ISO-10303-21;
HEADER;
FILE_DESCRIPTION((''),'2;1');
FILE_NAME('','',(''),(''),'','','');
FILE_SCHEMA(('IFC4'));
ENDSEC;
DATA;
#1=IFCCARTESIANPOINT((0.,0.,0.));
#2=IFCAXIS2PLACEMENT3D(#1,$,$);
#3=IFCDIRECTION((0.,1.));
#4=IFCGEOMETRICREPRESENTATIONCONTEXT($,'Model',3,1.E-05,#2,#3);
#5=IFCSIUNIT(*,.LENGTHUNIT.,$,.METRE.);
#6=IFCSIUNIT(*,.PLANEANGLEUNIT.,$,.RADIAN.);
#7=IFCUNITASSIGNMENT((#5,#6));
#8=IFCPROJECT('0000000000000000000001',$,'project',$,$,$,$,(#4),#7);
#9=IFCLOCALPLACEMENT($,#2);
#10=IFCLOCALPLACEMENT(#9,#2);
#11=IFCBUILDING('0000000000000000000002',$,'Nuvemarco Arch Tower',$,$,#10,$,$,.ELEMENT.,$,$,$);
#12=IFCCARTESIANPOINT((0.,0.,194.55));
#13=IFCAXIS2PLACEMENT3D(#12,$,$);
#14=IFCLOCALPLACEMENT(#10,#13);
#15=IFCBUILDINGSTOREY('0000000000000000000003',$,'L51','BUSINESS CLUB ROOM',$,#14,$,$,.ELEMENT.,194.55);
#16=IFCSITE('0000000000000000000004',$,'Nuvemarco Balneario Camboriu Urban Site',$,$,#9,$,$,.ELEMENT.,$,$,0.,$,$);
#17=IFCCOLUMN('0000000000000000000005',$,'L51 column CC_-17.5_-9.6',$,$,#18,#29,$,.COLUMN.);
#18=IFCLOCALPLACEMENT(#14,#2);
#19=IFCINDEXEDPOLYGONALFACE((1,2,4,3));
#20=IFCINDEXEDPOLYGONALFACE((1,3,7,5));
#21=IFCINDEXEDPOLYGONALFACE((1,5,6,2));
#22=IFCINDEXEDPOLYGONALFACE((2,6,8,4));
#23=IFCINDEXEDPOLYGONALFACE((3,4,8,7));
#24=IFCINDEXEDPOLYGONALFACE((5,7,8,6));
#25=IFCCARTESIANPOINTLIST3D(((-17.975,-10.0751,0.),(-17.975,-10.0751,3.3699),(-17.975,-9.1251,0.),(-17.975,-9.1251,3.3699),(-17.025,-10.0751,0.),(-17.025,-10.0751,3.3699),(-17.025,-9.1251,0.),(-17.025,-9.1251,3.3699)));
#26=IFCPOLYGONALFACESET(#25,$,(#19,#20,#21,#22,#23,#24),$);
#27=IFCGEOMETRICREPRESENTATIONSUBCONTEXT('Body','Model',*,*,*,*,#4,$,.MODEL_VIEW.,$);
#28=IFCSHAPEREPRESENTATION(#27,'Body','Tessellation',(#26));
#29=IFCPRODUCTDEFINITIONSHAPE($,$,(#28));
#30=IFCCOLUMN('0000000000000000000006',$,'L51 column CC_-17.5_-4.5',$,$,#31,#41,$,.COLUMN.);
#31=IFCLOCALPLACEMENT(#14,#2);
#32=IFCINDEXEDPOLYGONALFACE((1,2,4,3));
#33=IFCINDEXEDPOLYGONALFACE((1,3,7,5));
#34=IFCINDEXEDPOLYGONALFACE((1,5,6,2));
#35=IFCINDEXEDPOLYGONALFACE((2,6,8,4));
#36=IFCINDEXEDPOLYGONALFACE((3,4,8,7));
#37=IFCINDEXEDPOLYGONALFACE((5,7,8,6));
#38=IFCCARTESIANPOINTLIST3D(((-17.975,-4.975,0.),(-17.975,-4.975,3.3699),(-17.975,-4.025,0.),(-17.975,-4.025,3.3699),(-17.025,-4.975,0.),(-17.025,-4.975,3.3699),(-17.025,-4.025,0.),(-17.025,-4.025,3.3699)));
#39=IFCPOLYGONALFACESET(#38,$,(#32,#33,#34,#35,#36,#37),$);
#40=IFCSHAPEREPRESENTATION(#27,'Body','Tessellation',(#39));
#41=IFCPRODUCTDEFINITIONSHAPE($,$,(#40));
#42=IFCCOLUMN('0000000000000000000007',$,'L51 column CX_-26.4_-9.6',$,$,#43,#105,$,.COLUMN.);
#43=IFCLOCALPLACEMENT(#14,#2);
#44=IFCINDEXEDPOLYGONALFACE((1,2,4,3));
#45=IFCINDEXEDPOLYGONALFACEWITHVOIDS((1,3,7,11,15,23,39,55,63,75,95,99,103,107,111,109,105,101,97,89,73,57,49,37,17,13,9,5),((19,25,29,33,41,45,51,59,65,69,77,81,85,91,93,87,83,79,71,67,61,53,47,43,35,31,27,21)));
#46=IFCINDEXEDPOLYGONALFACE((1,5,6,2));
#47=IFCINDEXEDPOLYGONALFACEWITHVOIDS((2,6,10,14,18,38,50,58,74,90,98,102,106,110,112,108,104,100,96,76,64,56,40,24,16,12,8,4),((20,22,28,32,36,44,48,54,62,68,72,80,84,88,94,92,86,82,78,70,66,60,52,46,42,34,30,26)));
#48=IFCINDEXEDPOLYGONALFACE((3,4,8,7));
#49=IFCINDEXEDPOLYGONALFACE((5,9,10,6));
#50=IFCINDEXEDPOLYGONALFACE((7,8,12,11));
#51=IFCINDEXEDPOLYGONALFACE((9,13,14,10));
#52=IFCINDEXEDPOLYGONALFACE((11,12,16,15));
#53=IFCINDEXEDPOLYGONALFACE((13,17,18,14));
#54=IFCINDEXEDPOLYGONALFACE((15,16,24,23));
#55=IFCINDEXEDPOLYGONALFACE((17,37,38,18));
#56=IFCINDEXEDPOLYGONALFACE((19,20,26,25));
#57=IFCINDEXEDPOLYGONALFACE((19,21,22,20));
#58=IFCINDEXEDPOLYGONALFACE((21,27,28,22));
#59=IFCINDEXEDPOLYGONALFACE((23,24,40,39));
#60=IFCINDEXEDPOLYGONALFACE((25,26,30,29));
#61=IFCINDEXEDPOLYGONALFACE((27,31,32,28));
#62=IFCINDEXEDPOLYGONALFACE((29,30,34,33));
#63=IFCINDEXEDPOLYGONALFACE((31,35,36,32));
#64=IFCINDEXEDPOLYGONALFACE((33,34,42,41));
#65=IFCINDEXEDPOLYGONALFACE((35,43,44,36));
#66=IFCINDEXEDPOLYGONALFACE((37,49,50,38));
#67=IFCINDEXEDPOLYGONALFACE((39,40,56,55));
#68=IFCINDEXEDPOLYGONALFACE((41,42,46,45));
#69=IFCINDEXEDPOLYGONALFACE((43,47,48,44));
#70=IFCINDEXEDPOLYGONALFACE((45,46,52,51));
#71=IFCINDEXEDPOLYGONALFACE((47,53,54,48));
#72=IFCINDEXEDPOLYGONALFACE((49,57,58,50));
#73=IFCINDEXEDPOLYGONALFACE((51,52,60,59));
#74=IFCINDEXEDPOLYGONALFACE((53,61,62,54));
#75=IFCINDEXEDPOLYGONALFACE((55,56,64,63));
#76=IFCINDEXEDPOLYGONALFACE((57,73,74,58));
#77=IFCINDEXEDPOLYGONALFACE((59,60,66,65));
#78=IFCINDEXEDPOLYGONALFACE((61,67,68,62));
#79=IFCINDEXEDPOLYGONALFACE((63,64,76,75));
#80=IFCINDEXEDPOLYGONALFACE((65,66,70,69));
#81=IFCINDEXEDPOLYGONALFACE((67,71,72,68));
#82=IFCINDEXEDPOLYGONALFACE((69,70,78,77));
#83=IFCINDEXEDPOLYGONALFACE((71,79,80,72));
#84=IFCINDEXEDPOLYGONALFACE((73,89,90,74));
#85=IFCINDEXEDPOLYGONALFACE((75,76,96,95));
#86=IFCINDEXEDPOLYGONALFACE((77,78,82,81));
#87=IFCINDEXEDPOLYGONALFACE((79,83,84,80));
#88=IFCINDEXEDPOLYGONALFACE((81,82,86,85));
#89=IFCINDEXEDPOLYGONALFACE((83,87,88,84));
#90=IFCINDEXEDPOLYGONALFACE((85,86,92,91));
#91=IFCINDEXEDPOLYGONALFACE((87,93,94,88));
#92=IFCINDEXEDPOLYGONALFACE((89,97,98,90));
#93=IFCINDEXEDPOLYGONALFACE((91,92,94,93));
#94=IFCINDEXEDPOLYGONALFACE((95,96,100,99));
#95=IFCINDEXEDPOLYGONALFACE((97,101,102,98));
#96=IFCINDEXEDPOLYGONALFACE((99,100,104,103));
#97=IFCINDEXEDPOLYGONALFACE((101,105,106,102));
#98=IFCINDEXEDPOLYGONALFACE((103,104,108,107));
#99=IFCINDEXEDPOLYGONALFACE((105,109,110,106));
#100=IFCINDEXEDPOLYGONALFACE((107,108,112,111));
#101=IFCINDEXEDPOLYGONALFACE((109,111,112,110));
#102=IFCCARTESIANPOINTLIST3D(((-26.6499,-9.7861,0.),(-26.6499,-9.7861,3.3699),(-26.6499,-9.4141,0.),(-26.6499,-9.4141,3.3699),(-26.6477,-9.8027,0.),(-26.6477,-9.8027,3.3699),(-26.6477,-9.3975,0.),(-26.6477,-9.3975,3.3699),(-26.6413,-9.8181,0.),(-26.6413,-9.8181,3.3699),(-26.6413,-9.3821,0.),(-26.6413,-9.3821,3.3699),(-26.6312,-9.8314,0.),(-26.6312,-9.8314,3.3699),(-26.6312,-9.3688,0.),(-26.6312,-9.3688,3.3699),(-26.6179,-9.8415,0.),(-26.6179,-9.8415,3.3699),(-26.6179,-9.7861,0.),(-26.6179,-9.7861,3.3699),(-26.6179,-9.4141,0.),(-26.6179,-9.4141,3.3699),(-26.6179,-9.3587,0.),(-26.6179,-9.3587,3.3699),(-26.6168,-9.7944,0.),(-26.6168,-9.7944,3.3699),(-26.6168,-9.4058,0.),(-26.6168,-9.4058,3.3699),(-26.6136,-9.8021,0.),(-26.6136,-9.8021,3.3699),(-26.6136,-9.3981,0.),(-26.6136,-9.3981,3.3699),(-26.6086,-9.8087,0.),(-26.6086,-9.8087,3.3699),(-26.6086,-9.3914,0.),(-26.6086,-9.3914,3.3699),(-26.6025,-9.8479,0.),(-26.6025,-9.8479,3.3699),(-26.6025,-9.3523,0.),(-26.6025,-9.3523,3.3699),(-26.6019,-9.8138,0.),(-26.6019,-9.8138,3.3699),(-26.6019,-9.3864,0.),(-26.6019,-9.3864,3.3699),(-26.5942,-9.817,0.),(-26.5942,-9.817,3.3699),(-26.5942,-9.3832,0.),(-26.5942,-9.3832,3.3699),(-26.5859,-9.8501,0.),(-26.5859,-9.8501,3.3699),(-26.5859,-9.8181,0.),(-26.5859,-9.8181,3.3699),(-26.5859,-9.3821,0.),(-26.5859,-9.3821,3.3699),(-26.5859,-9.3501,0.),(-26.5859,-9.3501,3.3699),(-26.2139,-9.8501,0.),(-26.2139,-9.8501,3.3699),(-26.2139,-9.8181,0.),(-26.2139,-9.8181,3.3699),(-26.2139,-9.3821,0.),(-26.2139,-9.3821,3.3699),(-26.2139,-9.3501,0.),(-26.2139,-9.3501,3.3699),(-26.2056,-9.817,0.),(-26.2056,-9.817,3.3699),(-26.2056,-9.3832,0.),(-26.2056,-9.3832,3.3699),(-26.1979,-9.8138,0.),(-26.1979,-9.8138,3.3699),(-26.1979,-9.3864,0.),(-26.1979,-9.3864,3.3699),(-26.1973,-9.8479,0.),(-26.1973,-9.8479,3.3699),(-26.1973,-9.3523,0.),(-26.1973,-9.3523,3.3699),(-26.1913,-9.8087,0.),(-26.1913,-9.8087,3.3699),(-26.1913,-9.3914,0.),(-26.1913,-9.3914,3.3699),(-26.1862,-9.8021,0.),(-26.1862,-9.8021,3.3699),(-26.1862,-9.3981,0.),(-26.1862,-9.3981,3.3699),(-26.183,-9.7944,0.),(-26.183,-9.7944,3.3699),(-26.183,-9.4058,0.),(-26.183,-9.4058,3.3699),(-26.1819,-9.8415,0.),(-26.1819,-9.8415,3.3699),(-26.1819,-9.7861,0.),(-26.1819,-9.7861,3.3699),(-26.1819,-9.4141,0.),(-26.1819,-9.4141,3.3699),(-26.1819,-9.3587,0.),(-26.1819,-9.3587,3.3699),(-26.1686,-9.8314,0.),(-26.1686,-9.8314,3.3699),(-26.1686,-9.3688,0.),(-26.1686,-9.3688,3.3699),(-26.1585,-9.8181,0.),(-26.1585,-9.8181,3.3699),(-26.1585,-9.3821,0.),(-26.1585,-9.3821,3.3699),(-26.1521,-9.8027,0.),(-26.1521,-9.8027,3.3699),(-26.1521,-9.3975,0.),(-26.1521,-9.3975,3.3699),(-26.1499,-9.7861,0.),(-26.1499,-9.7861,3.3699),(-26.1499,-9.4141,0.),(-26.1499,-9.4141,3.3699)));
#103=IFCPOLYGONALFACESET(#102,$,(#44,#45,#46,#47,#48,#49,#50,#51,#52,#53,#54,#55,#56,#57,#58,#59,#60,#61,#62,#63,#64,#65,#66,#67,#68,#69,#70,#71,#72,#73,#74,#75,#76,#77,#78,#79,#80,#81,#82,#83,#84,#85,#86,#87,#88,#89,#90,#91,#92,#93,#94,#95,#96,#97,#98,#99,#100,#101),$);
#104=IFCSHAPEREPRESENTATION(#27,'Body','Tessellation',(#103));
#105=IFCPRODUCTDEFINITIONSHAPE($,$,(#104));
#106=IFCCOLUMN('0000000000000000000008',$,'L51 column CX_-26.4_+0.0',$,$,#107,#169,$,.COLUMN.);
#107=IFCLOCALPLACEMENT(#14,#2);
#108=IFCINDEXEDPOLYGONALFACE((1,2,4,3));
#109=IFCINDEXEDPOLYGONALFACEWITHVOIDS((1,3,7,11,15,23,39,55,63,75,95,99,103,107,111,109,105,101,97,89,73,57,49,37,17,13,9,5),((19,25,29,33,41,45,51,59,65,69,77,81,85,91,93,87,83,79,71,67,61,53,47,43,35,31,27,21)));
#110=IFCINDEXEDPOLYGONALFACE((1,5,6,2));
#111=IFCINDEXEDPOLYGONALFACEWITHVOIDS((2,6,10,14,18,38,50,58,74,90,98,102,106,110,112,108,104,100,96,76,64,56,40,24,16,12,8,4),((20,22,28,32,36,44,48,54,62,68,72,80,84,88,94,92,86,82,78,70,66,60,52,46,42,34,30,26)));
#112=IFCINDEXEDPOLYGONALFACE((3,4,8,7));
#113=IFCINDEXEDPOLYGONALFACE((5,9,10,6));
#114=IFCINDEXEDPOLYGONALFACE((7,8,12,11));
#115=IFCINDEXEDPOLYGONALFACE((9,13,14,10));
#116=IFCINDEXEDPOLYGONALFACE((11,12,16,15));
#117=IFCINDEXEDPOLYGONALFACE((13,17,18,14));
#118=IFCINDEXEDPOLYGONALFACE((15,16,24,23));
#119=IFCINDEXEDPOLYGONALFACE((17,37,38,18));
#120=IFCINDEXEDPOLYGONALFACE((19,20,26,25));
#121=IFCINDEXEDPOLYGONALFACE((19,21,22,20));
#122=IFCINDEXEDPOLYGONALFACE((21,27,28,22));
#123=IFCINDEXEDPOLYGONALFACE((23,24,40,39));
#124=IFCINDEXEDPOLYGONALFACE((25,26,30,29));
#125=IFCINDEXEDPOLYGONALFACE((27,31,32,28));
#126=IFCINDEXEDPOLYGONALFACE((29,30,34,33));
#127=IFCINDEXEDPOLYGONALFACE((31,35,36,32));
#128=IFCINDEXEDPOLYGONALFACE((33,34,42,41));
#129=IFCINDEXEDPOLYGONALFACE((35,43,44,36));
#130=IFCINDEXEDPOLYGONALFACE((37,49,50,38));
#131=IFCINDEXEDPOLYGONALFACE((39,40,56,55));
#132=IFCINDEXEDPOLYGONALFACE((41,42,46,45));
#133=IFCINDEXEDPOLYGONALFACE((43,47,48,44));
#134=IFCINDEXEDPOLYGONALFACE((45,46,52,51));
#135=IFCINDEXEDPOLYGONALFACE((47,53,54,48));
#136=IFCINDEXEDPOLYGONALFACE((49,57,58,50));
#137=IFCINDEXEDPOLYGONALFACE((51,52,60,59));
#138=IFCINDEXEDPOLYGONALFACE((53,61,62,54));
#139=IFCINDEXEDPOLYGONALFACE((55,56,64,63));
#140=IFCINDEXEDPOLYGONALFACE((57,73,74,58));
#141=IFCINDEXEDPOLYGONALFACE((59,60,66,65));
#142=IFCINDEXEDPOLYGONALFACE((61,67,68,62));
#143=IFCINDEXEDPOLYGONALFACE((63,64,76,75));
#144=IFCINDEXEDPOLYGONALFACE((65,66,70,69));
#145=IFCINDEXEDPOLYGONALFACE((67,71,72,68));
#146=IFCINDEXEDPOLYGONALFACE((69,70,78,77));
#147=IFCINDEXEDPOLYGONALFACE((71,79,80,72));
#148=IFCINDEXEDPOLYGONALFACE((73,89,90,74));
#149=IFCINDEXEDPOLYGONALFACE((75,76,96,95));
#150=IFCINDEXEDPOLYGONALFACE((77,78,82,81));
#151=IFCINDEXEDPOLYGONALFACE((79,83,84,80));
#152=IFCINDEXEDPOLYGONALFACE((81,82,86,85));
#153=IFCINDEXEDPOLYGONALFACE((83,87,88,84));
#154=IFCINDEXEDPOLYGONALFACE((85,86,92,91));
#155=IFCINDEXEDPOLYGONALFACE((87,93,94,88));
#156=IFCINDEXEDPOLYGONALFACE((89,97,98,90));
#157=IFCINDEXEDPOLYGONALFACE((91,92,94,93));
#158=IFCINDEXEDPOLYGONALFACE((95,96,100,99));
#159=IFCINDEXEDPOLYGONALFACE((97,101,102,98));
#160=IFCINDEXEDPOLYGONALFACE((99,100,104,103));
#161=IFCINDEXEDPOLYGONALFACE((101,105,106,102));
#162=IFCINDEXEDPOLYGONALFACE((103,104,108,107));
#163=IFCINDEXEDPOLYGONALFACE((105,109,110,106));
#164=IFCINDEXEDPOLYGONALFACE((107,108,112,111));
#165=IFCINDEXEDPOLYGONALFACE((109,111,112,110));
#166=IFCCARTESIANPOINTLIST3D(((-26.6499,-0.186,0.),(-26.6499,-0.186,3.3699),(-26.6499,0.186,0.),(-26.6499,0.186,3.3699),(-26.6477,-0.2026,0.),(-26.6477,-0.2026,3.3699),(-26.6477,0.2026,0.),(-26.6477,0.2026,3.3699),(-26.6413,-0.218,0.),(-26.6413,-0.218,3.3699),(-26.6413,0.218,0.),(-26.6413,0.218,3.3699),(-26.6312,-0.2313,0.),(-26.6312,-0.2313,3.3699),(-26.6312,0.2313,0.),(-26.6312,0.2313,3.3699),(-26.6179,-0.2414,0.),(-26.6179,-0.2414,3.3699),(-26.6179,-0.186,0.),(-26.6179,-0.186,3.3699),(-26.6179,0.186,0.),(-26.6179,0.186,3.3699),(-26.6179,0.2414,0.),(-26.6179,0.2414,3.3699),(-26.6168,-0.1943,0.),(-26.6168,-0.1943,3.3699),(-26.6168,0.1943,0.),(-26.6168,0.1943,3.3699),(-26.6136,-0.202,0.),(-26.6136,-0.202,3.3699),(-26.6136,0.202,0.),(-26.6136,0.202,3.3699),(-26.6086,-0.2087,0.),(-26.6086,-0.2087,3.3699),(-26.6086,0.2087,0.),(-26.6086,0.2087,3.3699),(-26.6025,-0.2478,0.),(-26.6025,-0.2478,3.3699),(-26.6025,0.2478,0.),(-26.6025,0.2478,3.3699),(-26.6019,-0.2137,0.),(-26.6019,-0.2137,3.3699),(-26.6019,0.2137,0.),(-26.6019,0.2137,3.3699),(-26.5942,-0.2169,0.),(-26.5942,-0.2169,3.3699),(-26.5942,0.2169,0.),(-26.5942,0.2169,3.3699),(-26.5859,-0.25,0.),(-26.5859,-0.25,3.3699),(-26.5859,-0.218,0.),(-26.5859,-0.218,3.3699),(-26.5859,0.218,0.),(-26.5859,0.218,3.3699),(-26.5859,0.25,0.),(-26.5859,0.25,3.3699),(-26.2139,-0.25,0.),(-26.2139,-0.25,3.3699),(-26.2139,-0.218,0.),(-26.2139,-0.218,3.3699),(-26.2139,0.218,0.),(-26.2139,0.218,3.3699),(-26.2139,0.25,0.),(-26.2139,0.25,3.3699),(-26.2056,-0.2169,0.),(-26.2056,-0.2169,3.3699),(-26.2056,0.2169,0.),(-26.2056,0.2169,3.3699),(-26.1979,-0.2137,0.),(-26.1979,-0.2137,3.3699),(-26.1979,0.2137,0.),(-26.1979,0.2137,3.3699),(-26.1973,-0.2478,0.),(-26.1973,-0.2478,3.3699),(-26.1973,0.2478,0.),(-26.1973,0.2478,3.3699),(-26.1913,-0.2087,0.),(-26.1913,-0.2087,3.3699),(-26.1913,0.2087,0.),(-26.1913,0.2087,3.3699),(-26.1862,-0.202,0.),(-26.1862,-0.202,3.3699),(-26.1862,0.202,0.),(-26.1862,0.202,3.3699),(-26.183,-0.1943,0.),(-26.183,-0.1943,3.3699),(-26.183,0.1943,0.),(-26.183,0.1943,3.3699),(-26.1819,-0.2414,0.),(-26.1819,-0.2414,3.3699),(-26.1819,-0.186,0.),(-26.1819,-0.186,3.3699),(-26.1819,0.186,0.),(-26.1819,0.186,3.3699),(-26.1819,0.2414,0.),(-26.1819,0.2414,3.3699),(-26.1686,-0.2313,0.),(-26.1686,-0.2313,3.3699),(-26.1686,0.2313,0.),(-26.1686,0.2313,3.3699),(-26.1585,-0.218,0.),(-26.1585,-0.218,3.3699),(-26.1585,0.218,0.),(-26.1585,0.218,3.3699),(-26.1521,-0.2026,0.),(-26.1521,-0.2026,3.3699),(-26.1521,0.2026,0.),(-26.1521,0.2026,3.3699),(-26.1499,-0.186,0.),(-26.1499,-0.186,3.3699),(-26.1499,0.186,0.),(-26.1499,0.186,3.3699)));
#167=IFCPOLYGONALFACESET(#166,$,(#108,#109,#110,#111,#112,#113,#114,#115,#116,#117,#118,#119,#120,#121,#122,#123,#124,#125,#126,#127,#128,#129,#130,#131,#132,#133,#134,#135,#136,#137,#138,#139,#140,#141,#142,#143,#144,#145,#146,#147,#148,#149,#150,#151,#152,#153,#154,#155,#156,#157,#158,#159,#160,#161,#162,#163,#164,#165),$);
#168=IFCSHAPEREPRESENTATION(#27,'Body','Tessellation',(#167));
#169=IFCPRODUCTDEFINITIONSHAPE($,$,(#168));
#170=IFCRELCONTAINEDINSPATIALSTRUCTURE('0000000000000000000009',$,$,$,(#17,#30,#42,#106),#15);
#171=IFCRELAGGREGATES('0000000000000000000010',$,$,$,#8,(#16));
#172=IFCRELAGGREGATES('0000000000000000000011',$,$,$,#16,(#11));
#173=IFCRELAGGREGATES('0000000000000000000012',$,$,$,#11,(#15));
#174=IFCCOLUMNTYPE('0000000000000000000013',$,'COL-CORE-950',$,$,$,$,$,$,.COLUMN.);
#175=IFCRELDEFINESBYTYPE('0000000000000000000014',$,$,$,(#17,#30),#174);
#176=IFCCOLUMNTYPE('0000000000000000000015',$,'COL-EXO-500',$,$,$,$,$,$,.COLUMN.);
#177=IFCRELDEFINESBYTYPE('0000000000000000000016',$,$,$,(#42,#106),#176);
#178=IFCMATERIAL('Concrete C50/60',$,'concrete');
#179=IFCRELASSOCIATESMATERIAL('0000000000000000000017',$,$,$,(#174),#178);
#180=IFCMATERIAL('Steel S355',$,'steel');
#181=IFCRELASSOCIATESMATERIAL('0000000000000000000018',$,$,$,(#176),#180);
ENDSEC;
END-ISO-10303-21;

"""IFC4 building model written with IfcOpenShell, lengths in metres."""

from ifc_helpers import new_model, si_unit, direction, frame, origin, origin_2d, place, context, subcontext, project, spatial, rectangle, hollow_rectangle, extrude, material, material_profile, profile_set, type_object, element, save


model = new_model("IFC4")

# Units and contexts
model_context = context("Model", 3, precision=1e-05, world=origin(), true_north=direction((0.0, 1.0)))
body_context = subcontext(model_context, "Body", "Model", "MODEL_VIEW")
ifc_project = project(units=[si_unit("LENGTHUNIT", "METRE"), si_unit("PLANEANGLEUNIT", "RADIAN")], contexts=[model_context])

# Site, building, storey
site_placement = place(None, origin())
site = spatial("IfcSite", under=ifc_project, at=site_placement, Name="Nuvemarco Balneario Camboriu Urban Site", CompositionType="ELEMENT", RefElevation=0.0)
building_placement = place(site_placement, origin())
building = spatial("IfcBuilding", under=site, at=building_placement, Name="Nuvemarco Arch Tower", CompositionType="ELEMENT")
storey_placement = place(building_placement, frame((0.0, 0.0, 194.55)))
storey = spatial("IfcBuildingStorey", under=building, at=storey_placement, Name="L51", Description="BUSINESS CLUB ROOM", CompositionType="ELEMENT", Elevation=194.55)

# Columns
ifc_material_1 = material(Name="Concrete C50/60", Category="concrete")
ifc_material_profile_1 = material_profile(ifc_material_1, rectangle(XDim=0.95, YDim=0.95, at=origin_2d()), Name="RC-COL-950x950")
ifc_profile_set_1 = profile_set([ifc_material_profile_1], Name="Concrete C50/60")
column_type_1 = type_object("IfcColumnType", Name="COL-CORE-950", PredefinedType="COLUMN", material=ifc_profile_set_1)
for number, where, z_axis, x_axis, name in (
    (1, (-17.5, -9.6001, 0.0), (0.0, 0.0, 1.0), (1.0, 0.0, 0.0), "L51 column CC_-17.5_-9.6"),
    (2, (-17.5, -4.5, 0.0), (0.0, 0.0, 1.0), (1.0, 0.0, 0.0), "L51 column CC_-17.5_-4.5"),
):
    element("IfcColumn", number, at=place(storey_placement, frame(where, z_axis=z_axis, x_axis=x_axis)), inside=storey, type_object=column_type_1, Name=name, PredefinedType="COLUMN", context=body_context, shape_type="SweptSolid", body=[
        extrude(rectangle(XDim=0.95, YDim=0.95, at=origin_2d()), origin(), (0.0, 0.0, 1.0), 3.3699),
    ])
ifc_material_2 = material(Name="Steel S355", Category="steel")
ifc_material_profile_2 = material_profile(ifc_material_2, hollow_rectangle(XDim=0.5, YDim=0.5, WallThickness=0.032, InnerFilletRadius=0.032, OuterFilletRadius=0.064, at=origin_2d()), Name="SHS500x500x32")
ifc_profile_set_2 = profile_set([ifc_material_profile_2], Name="Steel S355")
column_type_2 = type_object("IfcColumnType", Name="COL-EXO-500", PredefinedType="COLUMN", material=ifc_profile_set_2)
for number, where, z_axis, x_axis, name in (
    (3, (-26.3999, -9.6001, 0.0), (0.0, 0.0, 1.0), (1.0, 0.0, 0.0), "L51 column CX_-26.4_-9.6"),
    (4, (-26.3999, 0.0, 0.0), (0.0, 0.0, 1.0), (1.0, 0.0, 0.0), "L51 column CX_-26.4_+0.0"),
):
    element("IfcColumn", number, at=place(storey_placement, frame(where, z_axis=z_axis, x_axis=x_axis)), inside=storey, type_object=column_type_2, Name=name, PredefinedType="COLUMN", context=body_context, shape_type="SweptSolid", body=[
        extrude(hollow_rectangle(XDim=0.5, YDim=0.5, WallThickness=0.032, InnerFilletRadius=0.032, OuterFilletRadius=0.064, at=origin_2d()), origin(), (0.0, 0.0, 1.0), 3.3699),
    ])

save(model, "model.ifc")
